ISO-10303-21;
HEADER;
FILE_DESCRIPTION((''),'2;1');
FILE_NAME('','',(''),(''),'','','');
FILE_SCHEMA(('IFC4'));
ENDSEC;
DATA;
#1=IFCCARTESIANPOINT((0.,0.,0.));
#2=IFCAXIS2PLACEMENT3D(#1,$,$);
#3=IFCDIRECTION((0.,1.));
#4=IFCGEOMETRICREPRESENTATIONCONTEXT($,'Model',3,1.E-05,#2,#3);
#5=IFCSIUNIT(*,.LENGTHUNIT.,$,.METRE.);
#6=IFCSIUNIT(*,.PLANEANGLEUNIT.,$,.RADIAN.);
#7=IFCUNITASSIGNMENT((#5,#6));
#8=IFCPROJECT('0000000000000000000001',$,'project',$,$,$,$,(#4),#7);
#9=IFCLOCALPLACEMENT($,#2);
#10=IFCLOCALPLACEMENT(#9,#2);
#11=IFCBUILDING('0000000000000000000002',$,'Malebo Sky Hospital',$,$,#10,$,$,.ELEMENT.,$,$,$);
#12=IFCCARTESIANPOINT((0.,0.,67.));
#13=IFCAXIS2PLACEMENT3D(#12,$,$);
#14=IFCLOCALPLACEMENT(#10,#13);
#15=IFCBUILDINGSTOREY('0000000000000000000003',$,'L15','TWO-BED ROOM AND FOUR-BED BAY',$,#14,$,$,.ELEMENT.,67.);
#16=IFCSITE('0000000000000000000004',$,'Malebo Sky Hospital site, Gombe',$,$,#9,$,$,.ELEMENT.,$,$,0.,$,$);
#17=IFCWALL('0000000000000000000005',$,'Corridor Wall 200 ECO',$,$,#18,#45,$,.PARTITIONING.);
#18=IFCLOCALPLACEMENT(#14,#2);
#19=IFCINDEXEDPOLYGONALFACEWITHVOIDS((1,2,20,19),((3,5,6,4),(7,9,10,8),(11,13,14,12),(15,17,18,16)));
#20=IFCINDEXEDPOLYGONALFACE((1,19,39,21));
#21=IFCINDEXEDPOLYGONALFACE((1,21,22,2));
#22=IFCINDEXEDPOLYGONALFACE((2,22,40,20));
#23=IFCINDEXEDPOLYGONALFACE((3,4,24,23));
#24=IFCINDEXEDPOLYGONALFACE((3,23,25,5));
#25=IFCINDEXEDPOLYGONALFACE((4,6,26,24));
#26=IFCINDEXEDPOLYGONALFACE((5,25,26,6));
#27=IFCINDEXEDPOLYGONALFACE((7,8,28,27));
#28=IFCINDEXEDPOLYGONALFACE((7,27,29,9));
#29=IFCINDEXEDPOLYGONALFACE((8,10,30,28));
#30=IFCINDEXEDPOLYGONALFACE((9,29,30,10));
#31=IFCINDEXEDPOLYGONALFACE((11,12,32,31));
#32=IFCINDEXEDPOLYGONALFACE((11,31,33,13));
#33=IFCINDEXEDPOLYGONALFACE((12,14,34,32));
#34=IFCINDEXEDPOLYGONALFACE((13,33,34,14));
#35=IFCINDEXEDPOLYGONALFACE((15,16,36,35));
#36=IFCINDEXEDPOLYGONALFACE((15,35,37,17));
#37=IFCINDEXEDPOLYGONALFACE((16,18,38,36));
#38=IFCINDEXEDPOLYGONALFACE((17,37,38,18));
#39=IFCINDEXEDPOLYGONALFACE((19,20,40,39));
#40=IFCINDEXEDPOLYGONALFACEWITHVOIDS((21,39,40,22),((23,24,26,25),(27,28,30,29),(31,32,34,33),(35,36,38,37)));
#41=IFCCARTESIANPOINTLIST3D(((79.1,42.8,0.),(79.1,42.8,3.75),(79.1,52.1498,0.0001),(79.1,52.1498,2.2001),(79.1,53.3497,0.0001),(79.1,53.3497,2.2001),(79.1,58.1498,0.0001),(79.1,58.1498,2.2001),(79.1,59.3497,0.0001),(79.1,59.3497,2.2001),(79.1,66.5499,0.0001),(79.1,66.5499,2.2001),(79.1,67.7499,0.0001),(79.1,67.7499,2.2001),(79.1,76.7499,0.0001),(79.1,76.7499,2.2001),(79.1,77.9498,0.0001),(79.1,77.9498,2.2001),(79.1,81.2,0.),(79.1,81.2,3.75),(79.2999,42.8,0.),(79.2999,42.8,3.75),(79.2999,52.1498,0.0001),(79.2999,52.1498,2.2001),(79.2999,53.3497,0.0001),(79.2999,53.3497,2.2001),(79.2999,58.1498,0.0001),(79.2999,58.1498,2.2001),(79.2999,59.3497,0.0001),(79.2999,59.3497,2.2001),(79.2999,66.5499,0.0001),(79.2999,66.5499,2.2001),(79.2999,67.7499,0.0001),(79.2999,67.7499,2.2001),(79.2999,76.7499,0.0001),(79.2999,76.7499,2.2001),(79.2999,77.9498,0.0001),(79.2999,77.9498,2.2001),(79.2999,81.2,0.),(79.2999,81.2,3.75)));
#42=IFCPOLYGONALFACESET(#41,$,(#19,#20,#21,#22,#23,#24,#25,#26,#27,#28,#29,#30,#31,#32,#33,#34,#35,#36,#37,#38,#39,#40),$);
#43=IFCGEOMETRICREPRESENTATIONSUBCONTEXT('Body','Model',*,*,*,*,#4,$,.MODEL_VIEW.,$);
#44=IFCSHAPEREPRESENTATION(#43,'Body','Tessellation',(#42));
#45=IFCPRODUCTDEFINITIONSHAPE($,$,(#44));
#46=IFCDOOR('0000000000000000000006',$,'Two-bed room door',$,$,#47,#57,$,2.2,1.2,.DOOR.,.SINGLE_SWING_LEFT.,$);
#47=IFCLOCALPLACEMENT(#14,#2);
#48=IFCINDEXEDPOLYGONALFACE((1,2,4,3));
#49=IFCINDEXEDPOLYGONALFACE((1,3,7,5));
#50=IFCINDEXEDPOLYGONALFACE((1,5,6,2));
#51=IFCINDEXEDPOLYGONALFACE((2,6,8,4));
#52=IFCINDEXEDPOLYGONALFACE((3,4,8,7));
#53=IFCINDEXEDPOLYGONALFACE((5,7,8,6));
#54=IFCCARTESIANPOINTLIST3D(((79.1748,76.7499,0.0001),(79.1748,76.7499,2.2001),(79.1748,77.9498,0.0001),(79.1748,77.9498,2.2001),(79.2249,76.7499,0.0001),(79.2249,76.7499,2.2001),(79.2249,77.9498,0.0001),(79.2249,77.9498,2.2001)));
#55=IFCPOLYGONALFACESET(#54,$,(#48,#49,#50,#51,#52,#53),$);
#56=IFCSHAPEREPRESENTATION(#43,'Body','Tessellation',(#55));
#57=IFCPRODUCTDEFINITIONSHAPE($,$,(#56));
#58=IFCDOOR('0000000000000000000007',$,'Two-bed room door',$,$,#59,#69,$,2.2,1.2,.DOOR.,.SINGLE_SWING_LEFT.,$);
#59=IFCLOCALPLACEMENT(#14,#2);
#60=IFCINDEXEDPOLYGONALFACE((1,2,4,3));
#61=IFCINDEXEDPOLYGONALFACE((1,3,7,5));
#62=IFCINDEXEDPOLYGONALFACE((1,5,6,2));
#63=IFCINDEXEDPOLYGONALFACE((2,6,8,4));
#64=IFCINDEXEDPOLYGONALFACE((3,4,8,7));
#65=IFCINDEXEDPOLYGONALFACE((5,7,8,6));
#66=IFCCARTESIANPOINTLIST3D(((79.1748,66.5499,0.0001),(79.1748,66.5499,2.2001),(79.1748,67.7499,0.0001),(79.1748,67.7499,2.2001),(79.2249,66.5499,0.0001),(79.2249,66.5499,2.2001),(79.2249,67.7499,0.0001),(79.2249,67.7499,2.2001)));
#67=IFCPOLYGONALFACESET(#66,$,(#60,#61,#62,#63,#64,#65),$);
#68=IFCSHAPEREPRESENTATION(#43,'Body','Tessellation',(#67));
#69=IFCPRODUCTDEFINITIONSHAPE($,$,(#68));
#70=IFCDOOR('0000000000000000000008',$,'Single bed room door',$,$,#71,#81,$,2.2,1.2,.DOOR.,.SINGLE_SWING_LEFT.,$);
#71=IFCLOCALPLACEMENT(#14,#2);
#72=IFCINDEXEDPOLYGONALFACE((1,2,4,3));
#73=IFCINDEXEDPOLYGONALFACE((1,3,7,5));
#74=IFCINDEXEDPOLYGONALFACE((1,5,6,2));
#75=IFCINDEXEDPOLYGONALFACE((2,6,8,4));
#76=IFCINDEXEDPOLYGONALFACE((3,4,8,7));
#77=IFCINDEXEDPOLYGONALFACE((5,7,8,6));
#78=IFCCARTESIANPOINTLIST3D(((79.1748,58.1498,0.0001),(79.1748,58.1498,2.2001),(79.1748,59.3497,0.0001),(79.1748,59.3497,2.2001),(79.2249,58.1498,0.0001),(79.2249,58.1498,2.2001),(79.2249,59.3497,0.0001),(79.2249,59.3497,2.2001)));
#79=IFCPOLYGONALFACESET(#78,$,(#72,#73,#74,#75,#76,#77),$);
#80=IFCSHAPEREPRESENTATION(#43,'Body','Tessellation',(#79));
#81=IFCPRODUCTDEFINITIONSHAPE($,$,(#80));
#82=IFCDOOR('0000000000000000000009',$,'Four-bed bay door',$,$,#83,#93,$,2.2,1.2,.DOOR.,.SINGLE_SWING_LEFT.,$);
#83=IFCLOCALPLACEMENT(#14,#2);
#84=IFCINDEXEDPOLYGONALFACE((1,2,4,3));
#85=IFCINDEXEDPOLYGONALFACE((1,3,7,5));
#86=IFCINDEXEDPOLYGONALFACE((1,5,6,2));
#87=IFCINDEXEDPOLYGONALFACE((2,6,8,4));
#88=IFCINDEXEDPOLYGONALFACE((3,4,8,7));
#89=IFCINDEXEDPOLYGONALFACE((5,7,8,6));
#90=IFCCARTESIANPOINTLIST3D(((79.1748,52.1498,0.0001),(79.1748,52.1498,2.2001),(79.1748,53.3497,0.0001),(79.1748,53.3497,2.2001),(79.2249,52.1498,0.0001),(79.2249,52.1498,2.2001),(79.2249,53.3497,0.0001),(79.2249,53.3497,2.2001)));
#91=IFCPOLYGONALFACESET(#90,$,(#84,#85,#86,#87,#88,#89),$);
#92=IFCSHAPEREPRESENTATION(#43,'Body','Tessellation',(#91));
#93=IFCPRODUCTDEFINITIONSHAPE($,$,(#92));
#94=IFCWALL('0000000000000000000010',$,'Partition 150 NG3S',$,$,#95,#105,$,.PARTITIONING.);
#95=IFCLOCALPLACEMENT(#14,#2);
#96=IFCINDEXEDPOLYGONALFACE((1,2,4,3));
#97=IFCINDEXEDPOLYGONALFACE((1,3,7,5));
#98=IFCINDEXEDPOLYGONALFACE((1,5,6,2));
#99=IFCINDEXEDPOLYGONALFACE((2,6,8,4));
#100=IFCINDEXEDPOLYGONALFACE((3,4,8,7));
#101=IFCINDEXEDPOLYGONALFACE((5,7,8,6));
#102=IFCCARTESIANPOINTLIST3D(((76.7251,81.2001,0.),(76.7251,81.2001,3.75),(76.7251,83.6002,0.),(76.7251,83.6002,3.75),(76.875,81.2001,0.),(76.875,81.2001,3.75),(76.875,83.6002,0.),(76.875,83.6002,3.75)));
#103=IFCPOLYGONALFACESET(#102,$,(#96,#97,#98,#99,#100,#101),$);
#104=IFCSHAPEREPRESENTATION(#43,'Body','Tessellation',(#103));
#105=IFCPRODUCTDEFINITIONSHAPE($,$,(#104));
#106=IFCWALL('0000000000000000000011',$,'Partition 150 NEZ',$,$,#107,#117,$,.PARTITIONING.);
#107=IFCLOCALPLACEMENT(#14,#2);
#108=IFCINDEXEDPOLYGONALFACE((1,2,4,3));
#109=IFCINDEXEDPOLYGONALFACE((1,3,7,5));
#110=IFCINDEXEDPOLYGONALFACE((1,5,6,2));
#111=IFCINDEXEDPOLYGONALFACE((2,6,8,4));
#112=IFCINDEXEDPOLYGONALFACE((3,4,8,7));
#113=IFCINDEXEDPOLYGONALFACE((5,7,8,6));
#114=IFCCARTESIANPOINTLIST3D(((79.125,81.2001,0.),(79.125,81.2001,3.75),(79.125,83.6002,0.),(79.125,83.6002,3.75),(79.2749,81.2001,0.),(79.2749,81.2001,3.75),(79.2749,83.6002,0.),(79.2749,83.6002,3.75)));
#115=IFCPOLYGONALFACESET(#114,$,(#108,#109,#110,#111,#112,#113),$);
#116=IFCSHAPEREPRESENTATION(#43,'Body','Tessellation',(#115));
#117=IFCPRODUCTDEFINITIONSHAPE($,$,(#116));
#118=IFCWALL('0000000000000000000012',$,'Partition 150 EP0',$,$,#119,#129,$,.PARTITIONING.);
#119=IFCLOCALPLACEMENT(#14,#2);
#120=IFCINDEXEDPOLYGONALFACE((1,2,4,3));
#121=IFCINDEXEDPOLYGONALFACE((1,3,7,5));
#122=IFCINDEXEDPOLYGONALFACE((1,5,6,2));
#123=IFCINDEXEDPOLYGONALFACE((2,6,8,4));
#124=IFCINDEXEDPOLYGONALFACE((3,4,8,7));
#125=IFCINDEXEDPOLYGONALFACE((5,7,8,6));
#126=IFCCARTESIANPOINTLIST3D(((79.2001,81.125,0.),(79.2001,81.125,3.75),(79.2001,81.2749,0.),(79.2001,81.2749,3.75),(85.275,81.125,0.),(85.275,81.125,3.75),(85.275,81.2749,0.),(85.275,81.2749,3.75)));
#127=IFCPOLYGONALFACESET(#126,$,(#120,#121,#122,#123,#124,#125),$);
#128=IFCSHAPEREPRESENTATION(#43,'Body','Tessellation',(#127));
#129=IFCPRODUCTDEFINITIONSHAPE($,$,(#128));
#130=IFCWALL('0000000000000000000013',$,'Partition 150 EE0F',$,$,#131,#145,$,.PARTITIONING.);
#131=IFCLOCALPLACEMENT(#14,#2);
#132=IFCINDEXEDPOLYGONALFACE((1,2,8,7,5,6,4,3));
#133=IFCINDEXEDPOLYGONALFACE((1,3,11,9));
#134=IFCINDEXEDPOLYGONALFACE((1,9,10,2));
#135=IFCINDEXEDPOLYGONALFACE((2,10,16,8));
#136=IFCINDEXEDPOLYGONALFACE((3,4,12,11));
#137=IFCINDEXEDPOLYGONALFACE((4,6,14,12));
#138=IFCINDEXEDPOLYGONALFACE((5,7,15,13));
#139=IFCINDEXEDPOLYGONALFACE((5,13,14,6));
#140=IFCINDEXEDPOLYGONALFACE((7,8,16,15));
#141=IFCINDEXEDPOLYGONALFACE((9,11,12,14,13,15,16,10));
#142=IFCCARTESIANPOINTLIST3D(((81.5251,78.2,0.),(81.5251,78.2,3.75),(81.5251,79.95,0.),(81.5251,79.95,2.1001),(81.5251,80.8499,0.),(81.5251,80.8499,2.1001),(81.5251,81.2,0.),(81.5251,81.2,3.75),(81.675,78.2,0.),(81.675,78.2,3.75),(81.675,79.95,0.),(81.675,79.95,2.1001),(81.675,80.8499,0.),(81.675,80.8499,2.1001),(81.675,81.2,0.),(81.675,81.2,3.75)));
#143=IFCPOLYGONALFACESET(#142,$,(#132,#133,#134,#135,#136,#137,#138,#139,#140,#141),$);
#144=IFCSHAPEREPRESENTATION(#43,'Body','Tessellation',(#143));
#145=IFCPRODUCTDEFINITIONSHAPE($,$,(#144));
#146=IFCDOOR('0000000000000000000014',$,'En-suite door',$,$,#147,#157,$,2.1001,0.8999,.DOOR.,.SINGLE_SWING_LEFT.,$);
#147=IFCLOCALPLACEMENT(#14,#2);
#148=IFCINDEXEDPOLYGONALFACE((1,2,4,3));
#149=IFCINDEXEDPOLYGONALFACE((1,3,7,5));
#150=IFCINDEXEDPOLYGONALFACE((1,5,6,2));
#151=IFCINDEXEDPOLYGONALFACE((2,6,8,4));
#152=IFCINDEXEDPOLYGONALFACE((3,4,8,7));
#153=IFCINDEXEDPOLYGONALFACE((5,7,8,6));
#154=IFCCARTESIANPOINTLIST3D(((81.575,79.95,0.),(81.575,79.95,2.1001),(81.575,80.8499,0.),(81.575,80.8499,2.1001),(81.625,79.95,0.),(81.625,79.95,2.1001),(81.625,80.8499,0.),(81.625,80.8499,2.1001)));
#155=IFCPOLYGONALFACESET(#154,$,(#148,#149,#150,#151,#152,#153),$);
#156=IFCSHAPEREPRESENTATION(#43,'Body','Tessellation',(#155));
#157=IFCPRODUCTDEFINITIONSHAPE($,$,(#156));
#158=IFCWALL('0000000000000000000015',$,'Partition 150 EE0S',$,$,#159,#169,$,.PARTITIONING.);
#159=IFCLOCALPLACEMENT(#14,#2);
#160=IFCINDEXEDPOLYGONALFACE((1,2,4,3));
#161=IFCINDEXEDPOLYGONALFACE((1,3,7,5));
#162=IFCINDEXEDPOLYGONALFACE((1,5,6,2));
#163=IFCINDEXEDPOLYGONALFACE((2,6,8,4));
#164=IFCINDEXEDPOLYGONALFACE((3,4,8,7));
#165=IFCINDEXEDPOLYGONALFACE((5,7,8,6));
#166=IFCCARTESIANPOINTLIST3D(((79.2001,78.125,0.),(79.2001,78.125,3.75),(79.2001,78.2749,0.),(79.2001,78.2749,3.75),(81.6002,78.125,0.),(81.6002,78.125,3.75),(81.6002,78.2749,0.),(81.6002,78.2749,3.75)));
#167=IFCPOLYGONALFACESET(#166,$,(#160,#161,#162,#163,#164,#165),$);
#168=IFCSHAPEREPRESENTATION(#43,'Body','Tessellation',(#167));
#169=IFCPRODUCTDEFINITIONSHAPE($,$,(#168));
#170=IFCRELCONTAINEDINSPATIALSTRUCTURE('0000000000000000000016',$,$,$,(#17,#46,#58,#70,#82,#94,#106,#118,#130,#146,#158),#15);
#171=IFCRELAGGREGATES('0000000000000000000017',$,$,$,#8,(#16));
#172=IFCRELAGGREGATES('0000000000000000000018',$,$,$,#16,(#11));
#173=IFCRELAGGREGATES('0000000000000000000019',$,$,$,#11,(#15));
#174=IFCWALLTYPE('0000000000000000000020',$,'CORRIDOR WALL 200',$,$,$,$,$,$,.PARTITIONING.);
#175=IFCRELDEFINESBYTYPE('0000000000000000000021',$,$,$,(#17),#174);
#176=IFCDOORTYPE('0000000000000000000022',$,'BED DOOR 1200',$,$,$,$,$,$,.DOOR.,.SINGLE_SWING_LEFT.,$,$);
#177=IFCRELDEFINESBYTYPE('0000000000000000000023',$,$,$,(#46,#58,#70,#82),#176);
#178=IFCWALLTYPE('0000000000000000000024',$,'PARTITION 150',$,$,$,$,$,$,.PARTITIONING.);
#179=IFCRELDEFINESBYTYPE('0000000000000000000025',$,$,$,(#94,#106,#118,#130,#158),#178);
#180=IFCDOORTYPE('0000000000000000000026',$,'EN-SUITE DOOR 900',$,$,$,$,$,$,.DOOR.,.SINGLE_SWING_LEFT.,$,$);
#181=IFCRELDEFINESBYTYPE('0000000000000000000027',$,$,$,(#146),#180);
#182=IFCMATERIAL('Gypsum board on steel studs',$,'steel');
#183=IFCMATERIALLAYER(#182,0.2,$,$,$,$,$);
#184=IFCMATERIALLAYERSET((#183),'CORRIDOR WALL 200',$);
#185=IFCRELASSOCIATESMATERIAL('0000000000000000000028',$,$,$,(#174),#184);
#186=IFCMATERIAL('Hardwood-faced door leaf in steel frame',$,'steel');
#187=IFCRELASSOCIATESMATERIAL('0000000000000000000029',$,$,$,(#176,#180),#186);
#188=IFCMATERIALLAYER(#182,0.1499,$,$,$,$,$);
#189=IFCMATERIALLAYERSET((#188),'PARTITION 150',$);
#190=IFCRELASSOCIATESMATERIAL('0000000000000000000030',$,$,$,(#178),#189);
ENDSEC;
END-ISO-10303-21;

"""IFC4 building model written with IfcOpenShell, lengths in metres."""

from ifc_helpers import new_model, si_unit, direction, frame, frame_2d, origin, place, context, subcontext, project, spatial, rectangle, extrude, material, layer, layer_set, type_object, element, fill, save


model = new_model("IFC4")

# Units and contexts
model_context = context("Model", 3, precision=1e-05, world=origin(), true_north=direction((0.0, 1.0)))
body_context = subcontext(model_context, "Body", "Model", "MODEL_VIEW")
ifc_project = project(units=[si_unit("LENGTHUNIT", "METRE"), si_unit("PLANEANGLEUNIT", "RADIAN")], contexts=[model_context])

# Site, building, storey
site_placement = place(None, origin())
site = spatial("IfcSite", under=ifc_project, at=site_placement, Name="Malebo Sky Hospital site, Gombe", CompositionType="ELEMENT", RefElevation=0.0)
building_placement = place(site_placement, origin())
building = spatial("IfcBuilding", under=site, at=building_placement, Name="Malebo Sky Hospital", CompositionType="ELEMENT")
storey_placement = place(building_placement, frame((0.0, 0.0, 67.0)))
storey = spatial("IfcBuildingStorey", under=building, at=storey_placement, Name="L15", Description="TWO-BED ROOM AND FOUR-BED BAY", CompositionType="ELEMENT", Elevation=67.0)

# Wall, openings, doors
ifc_material_1 = material(Name="Gypsum board on steel studs", Category="steel")
ifc_layer_1 = layer(ifc_material_1, 0.2)
ifc_layer_set_1 = layer_set([ifc_layer_1], Name="CORRIDOR WALL 200")
wall_type_1 = type_object("IfcWallType", Name="CORRIDOR WALL 200", PredefinedType="PARTITIONING", material=ifc_layer_set_1)
wall_1_placement = place(storey_placement, frame((79.2, 81.2, 0.0), z_axis=(0.0, 0.0, 1.0), x_axis=(0.0, -1.0, 0.0)))
wall_1 = element("IfcWall", 1, at=wall_1_placement, inside=storey, type_object=wall_type_1, Name="Corridor Wall 200 ECO", PredefinedType="PARTITIONING", context=body_context, shape_type="SweptSolid", body=[
    extrude(rectangle(XDim=38.3999, YDim=0.2, at=frame_2d((19.2, 0.0))), origin(), (0.0, 0.0, 1.0), 3.75),
])
opening_1_placement = place(wall_1_placement, frame((3.25, 0.0, 0.0)))
opening_1 = element("IfcOpeningElement", 2, at=opening_1_placement, cuts=wall_1, PredefinedType="OPENING", context=body_context, shape_type="SweptSolid", body=[
    extrude(rectangle(XDim=1.2, YDim=2.2, at=frame_2d((0.6001, 1.1001))), frame((0.0, 0.1099, 0.0), z_axis=(0.0, -1.0, 0.0), x_axis=(1.0, 0.0, 0.0)), (0.0, 0.0, 1.0), 0.22),
])
opening_2_placement = place(wall_1_placement, frame((13.45, 0.0, 0.0)))
opening_2 = element("IfcOpeningElement", 3, at=opening_2_placement, cuts=wall_1, PredefinedType="OPENING", context=body_context, shape_type="SweptSolid", body=[
    extrude(rectangle(XDim=1.2, YDim=2.2, at=frame_2d((0.6001, 1.1001))), frame((0.0, 0.1099, 0.0), z_axis=(0.0, -1.0, 0.0), x_axis=(1.0, 0.0, 0.0)), (0.0, 0.0, 1.0), 0.22),
])
opening_3_placement = place(wall_1_placement, frame((21.8501, 0.0, 0.0)))
opening_3 = element("IfcOpeningElement", 4, at=opening_3_placement, cuts=wall_1, PredefinedType="OPENING", context=body_context, shape_type="SweptSolid", body=[
    extrude(rectangle(XDim=1.2, YDim=2.2, at=frame_2d((0.6001, 1.1001))), frame((0.0, 0.1099, 0.0), z_axis=(0.0, -1.0, 0.0), x_axis=(1.0, 0.0, 0.0)), (0.0, 0.0, 1.0), 0.22),
])
opening_4_placement = place(wall_1_placement, frame((27.8501, 0.0, 0.0)))
opening_4 = element("IfcOpeningElement", 5, at=opening_4_placement, cuts=wall_1, PredefinedType="OPENING", context=body_context, shape_type="SweptSolid", body=[
    extrude(rectangle(XDim=1.2, YDim=2.2, at=frame_2d((0.6001, 1.1001))), frame((0.0, 0.1099, 0.0), z_axis=(0.0, -1.0, 0.0), x_axis=(1.0, 0.0, 0.0)), (0.0, 0.0, 1.0), 0.22),
])
ifc_material_2 = material(Name="Hardwood-faced door leaf in steel frame", Category="steel")
door_type_1 = type_object("IfcDoorType", Name="BED DOOR 1200", OperationType="SINGLE_SWING_LEFT", PredefinedType="DOOR", material=ifc_material_2)
door_1_placement = place(opening_1_placement, origin())
door_1 = element("IfcDoor", 6, at=door_1_placement, inside=storey, type_object=door_type_1, Name="Two-bed room door", OperationType="SINGLE_SWING_LEFT", OverallHeight=2.2, OverallWidth=1.2, PredefinedType="DOOR", context=body_context, shape_type="SweptSolid", body=[
    extrude(rectangle(XDim=1.2, YDim=2.2, at=frame_2d((0.6001, 1.1001))), frame((0.0, 0.0249, 0.0), z_axis=(0.0, -1.0, 0.0), x_axis=(1.0, 0.0, 0.0)), (0.0, 0.0, 1.0), 0.05),
])
fill(opening_1, door_1)
door_2_placement = place(opening_2_placement, origin())
door_2 = element("IfcDoor", 7, at=door_2_placement, inside=storey, type_object=door_type_1, Name="Two-bed room door", OperationType="SINGLE_SWING_LEFT", OverallHeight=2.2, OverallWidth=1.2, PredefinedType="DOOR", context=body_context, shape_type="SweptSolid", body=[
    extrude(rectangle(XDim=1.2, YDim=2.2, at=frame_2d((0.6001, 1.1001))), frame((0.0, 0.0249, 0.0), z_axis=(0.0, -1.0, 0.0), x_axis=(1.0, 0.0, 0.0)), (0.0, 0.0, 1.0), 0.05),
])
fill(opening_2, door_2)
door_3_placement = place(opening_3_placement, origin())
door_3 = element("IfcDoor", 8, at=door_3_placement, inside=storey, type_object=door_type_1, Name="Single bed room door", OperationType="SINGLE_SWING_LEFT", OverallHeight=2.2, OverallWidth=1.2, PredefinedType="DOOR", context=body_context, shape_type="SweptSolid", body=[
    extrude(rectangle(XDim=1.2, YDim=2.2, at=frame_2d((0.6001, 1.1001))), frame((0.0, 0.0249, 0.0), z_axis=(0.0, -1.0, 0.0), x_axis=(1.0, 0.0, 0.0)), (0.0, 0.0, 1.0), 0.05),
])
fill(opening_3, door_3)
door_4_placement = place(opening_4_placement, origin())
door_4 = element("IfcDoor", 9, at=door_4_placement, inside=storey, type_object=door_type_1, Name="Four-bed bay door", OperationType="SINGLE_SWING_LEFT", OverallHeight=2.2, OverallWidth=1.2, PredefinedType="DOOR", context=body_context, shape_type="SweptSolid", body=[
    extrude(rectangle(XDim=1.2, YDim=2.2, at=frame_2d((0.6001, 1.1001))), frame((0.0, 0.0249, 0.0), z_axis=(0.0, -1.0, 0.0), x_axis=(1.0, 0.0, 0.0)), (0.0, 0.0, 1.0), 0.05),
])
fill(opening_4, door_4)

# Walls
ifc_layer_2 = layer(ifc_material_1, 0.1499)
ifc_layer_set_2 = layer_set([ifc_layer_2], Name="PARTITION 150")
wall_type_2 = type_object("IfcWallType", Name="PARTITION 150", PredefinedType="PARTITIONING", material=ifc_layer_set_2)
for number, where, z_axis, x_axis, name in (
    (10, (76.8, 81.2, 0.0), (0.0, 0.0, 1.0), (0.0, 1.0, 0.0), "Partition 150 NG3S"),
    (11, (79.2, 81.2, 0.0), (0.0, 0.0, 1.0), (0.0, 1.0, 0.0), "Partition 150 NEZ"),
):
    element("IfcWall", number, at=place(storey_placement, frame(where, z_axis=z_axis, x_axis=x_axis)), inside=storey, type_object=wall_type_2, Name=name, PredefinedType="PARTITIONING", context=body_context, shape_type="SweptSolid", body=[
        extrude(rectangle(XDim=2.4001, YDim=0.1499, at=frame_2d((1.2002, 0.0))), origin(), (0.0, 0.0, 1.0), 3.75),
    ])
wall_2_placement = place(storey_placement, frame((79.2, 81.2, 0.0), z_axis=(0.0, 0.0, 1.0), x_axis=(1.0, 0.0, 0.0)))
element("IfcWall", 12, at=wall_2_placement, inside=storey, type_object=wall_type_2, Name="Partition 150 EP0", PredefinedType="PARTITIONING", context=body_context, shape_type="SweptSolid", body=[
    extrude(rectangle(XDim=6.075, YDim=0.1499, at=frame_2d((3.0376, 0.0))), origin(), (0.0, 0.0, 1.0), 3.75),
])

# Wall, opening, door
wall_3_placement = place(storey_placement, frame((81.6001, 81.2, 0.0), z_axis=(0.0, 0.0, 1.0), x_axis=(0.0, -1.0, 0.0)))
wall_3 = element("IfcWall", 13, at=wall_3_placement, inside=storey, type_object=wall_type_2, Name="Partition 150 EE0F", PredefinedType="PARTITIONING", context=body_context, shape_type="SweptSolid", body=[
    extrude(rectangle(XDim=3.0, YDim=0.1499, at=frame_2d((1.5, 0.0))), origin(), (0.0, 0.0, 1.0), 3.75),
])
opening_5_placement = place(wall_3_placement, frame((0.3501, 0.0, 0.0)))
opening_5 = element("IfcOpeningElement", 14, at=opening_5_placement, cuts=wall_3, PredefinedType="OPENING", context=body_context, shape_type="SweptSolid", body=[
    extrude(rectangle(XDim=0.8999, YDim=2.1001, at=frame_2d((0.45, 1.05))), frame((0.0, 0.085, 0.0), z_axis=(0.0, -1.0, 0.0), x_axis=(1.0, 0.0, 0.0)), (0.0, 0.0, 1.0), 0.1699),
])
door_type_2 = type_object("IfcDoorType", Name="EN-SUITE DOOR 900", OperationType="SINGLE_SWING_LEFT", PredefinedType="DOOR", material=ifc_material_2)
door_5_placement = place(opening_5_placement, origin())
door_5 = element("IfcDoor", 15, at=door_5_placement, inside=storey, type_object=door_type_2, Name="En-suite door", OperationType="SINGLE_SWING_LEFT", OverallHeight=2.1001, OverallWidth=0.8999, PredefinedType="DOOR", context=body_context, shape_type="SweptSolid", body=[
    extrude(rectangle(XDim=0.8999, YDim=2.1001, at=frame_2d((0.45, 1.05))), frame((0.0, 0.0249, 0.0), z_axis=(0.0, -1.0, 0.0), x_axis=(1.0, 0.0, 0.0)), (0.0, 0.0, 1.0), 0.05),
])
fill(opening_5, door_5)

# Wall
wall_4_placement = place(storey_placement, frame((79.2, 78.2, 0.0), z_axis=(0.0, 0.0, 1.0), x_axis=(1.0, 0.0, 0.0)))
element("IfcWall", 16, at=wall_4_placement, inside=storey, type_object=wall_type_2, Name="Partition 150 EE0S", PredefinedType="PARTITIONING", context=body_context, shape_type="SweptSolid", body=[
    extrude(rectangle(XDim=2.4001, YDim=0.1499, at=frame_2d((1.2002, 0.0))), origin(), (0.0, 0.0, 1.0), 3.75),
])

save(model, "model.ifc")
